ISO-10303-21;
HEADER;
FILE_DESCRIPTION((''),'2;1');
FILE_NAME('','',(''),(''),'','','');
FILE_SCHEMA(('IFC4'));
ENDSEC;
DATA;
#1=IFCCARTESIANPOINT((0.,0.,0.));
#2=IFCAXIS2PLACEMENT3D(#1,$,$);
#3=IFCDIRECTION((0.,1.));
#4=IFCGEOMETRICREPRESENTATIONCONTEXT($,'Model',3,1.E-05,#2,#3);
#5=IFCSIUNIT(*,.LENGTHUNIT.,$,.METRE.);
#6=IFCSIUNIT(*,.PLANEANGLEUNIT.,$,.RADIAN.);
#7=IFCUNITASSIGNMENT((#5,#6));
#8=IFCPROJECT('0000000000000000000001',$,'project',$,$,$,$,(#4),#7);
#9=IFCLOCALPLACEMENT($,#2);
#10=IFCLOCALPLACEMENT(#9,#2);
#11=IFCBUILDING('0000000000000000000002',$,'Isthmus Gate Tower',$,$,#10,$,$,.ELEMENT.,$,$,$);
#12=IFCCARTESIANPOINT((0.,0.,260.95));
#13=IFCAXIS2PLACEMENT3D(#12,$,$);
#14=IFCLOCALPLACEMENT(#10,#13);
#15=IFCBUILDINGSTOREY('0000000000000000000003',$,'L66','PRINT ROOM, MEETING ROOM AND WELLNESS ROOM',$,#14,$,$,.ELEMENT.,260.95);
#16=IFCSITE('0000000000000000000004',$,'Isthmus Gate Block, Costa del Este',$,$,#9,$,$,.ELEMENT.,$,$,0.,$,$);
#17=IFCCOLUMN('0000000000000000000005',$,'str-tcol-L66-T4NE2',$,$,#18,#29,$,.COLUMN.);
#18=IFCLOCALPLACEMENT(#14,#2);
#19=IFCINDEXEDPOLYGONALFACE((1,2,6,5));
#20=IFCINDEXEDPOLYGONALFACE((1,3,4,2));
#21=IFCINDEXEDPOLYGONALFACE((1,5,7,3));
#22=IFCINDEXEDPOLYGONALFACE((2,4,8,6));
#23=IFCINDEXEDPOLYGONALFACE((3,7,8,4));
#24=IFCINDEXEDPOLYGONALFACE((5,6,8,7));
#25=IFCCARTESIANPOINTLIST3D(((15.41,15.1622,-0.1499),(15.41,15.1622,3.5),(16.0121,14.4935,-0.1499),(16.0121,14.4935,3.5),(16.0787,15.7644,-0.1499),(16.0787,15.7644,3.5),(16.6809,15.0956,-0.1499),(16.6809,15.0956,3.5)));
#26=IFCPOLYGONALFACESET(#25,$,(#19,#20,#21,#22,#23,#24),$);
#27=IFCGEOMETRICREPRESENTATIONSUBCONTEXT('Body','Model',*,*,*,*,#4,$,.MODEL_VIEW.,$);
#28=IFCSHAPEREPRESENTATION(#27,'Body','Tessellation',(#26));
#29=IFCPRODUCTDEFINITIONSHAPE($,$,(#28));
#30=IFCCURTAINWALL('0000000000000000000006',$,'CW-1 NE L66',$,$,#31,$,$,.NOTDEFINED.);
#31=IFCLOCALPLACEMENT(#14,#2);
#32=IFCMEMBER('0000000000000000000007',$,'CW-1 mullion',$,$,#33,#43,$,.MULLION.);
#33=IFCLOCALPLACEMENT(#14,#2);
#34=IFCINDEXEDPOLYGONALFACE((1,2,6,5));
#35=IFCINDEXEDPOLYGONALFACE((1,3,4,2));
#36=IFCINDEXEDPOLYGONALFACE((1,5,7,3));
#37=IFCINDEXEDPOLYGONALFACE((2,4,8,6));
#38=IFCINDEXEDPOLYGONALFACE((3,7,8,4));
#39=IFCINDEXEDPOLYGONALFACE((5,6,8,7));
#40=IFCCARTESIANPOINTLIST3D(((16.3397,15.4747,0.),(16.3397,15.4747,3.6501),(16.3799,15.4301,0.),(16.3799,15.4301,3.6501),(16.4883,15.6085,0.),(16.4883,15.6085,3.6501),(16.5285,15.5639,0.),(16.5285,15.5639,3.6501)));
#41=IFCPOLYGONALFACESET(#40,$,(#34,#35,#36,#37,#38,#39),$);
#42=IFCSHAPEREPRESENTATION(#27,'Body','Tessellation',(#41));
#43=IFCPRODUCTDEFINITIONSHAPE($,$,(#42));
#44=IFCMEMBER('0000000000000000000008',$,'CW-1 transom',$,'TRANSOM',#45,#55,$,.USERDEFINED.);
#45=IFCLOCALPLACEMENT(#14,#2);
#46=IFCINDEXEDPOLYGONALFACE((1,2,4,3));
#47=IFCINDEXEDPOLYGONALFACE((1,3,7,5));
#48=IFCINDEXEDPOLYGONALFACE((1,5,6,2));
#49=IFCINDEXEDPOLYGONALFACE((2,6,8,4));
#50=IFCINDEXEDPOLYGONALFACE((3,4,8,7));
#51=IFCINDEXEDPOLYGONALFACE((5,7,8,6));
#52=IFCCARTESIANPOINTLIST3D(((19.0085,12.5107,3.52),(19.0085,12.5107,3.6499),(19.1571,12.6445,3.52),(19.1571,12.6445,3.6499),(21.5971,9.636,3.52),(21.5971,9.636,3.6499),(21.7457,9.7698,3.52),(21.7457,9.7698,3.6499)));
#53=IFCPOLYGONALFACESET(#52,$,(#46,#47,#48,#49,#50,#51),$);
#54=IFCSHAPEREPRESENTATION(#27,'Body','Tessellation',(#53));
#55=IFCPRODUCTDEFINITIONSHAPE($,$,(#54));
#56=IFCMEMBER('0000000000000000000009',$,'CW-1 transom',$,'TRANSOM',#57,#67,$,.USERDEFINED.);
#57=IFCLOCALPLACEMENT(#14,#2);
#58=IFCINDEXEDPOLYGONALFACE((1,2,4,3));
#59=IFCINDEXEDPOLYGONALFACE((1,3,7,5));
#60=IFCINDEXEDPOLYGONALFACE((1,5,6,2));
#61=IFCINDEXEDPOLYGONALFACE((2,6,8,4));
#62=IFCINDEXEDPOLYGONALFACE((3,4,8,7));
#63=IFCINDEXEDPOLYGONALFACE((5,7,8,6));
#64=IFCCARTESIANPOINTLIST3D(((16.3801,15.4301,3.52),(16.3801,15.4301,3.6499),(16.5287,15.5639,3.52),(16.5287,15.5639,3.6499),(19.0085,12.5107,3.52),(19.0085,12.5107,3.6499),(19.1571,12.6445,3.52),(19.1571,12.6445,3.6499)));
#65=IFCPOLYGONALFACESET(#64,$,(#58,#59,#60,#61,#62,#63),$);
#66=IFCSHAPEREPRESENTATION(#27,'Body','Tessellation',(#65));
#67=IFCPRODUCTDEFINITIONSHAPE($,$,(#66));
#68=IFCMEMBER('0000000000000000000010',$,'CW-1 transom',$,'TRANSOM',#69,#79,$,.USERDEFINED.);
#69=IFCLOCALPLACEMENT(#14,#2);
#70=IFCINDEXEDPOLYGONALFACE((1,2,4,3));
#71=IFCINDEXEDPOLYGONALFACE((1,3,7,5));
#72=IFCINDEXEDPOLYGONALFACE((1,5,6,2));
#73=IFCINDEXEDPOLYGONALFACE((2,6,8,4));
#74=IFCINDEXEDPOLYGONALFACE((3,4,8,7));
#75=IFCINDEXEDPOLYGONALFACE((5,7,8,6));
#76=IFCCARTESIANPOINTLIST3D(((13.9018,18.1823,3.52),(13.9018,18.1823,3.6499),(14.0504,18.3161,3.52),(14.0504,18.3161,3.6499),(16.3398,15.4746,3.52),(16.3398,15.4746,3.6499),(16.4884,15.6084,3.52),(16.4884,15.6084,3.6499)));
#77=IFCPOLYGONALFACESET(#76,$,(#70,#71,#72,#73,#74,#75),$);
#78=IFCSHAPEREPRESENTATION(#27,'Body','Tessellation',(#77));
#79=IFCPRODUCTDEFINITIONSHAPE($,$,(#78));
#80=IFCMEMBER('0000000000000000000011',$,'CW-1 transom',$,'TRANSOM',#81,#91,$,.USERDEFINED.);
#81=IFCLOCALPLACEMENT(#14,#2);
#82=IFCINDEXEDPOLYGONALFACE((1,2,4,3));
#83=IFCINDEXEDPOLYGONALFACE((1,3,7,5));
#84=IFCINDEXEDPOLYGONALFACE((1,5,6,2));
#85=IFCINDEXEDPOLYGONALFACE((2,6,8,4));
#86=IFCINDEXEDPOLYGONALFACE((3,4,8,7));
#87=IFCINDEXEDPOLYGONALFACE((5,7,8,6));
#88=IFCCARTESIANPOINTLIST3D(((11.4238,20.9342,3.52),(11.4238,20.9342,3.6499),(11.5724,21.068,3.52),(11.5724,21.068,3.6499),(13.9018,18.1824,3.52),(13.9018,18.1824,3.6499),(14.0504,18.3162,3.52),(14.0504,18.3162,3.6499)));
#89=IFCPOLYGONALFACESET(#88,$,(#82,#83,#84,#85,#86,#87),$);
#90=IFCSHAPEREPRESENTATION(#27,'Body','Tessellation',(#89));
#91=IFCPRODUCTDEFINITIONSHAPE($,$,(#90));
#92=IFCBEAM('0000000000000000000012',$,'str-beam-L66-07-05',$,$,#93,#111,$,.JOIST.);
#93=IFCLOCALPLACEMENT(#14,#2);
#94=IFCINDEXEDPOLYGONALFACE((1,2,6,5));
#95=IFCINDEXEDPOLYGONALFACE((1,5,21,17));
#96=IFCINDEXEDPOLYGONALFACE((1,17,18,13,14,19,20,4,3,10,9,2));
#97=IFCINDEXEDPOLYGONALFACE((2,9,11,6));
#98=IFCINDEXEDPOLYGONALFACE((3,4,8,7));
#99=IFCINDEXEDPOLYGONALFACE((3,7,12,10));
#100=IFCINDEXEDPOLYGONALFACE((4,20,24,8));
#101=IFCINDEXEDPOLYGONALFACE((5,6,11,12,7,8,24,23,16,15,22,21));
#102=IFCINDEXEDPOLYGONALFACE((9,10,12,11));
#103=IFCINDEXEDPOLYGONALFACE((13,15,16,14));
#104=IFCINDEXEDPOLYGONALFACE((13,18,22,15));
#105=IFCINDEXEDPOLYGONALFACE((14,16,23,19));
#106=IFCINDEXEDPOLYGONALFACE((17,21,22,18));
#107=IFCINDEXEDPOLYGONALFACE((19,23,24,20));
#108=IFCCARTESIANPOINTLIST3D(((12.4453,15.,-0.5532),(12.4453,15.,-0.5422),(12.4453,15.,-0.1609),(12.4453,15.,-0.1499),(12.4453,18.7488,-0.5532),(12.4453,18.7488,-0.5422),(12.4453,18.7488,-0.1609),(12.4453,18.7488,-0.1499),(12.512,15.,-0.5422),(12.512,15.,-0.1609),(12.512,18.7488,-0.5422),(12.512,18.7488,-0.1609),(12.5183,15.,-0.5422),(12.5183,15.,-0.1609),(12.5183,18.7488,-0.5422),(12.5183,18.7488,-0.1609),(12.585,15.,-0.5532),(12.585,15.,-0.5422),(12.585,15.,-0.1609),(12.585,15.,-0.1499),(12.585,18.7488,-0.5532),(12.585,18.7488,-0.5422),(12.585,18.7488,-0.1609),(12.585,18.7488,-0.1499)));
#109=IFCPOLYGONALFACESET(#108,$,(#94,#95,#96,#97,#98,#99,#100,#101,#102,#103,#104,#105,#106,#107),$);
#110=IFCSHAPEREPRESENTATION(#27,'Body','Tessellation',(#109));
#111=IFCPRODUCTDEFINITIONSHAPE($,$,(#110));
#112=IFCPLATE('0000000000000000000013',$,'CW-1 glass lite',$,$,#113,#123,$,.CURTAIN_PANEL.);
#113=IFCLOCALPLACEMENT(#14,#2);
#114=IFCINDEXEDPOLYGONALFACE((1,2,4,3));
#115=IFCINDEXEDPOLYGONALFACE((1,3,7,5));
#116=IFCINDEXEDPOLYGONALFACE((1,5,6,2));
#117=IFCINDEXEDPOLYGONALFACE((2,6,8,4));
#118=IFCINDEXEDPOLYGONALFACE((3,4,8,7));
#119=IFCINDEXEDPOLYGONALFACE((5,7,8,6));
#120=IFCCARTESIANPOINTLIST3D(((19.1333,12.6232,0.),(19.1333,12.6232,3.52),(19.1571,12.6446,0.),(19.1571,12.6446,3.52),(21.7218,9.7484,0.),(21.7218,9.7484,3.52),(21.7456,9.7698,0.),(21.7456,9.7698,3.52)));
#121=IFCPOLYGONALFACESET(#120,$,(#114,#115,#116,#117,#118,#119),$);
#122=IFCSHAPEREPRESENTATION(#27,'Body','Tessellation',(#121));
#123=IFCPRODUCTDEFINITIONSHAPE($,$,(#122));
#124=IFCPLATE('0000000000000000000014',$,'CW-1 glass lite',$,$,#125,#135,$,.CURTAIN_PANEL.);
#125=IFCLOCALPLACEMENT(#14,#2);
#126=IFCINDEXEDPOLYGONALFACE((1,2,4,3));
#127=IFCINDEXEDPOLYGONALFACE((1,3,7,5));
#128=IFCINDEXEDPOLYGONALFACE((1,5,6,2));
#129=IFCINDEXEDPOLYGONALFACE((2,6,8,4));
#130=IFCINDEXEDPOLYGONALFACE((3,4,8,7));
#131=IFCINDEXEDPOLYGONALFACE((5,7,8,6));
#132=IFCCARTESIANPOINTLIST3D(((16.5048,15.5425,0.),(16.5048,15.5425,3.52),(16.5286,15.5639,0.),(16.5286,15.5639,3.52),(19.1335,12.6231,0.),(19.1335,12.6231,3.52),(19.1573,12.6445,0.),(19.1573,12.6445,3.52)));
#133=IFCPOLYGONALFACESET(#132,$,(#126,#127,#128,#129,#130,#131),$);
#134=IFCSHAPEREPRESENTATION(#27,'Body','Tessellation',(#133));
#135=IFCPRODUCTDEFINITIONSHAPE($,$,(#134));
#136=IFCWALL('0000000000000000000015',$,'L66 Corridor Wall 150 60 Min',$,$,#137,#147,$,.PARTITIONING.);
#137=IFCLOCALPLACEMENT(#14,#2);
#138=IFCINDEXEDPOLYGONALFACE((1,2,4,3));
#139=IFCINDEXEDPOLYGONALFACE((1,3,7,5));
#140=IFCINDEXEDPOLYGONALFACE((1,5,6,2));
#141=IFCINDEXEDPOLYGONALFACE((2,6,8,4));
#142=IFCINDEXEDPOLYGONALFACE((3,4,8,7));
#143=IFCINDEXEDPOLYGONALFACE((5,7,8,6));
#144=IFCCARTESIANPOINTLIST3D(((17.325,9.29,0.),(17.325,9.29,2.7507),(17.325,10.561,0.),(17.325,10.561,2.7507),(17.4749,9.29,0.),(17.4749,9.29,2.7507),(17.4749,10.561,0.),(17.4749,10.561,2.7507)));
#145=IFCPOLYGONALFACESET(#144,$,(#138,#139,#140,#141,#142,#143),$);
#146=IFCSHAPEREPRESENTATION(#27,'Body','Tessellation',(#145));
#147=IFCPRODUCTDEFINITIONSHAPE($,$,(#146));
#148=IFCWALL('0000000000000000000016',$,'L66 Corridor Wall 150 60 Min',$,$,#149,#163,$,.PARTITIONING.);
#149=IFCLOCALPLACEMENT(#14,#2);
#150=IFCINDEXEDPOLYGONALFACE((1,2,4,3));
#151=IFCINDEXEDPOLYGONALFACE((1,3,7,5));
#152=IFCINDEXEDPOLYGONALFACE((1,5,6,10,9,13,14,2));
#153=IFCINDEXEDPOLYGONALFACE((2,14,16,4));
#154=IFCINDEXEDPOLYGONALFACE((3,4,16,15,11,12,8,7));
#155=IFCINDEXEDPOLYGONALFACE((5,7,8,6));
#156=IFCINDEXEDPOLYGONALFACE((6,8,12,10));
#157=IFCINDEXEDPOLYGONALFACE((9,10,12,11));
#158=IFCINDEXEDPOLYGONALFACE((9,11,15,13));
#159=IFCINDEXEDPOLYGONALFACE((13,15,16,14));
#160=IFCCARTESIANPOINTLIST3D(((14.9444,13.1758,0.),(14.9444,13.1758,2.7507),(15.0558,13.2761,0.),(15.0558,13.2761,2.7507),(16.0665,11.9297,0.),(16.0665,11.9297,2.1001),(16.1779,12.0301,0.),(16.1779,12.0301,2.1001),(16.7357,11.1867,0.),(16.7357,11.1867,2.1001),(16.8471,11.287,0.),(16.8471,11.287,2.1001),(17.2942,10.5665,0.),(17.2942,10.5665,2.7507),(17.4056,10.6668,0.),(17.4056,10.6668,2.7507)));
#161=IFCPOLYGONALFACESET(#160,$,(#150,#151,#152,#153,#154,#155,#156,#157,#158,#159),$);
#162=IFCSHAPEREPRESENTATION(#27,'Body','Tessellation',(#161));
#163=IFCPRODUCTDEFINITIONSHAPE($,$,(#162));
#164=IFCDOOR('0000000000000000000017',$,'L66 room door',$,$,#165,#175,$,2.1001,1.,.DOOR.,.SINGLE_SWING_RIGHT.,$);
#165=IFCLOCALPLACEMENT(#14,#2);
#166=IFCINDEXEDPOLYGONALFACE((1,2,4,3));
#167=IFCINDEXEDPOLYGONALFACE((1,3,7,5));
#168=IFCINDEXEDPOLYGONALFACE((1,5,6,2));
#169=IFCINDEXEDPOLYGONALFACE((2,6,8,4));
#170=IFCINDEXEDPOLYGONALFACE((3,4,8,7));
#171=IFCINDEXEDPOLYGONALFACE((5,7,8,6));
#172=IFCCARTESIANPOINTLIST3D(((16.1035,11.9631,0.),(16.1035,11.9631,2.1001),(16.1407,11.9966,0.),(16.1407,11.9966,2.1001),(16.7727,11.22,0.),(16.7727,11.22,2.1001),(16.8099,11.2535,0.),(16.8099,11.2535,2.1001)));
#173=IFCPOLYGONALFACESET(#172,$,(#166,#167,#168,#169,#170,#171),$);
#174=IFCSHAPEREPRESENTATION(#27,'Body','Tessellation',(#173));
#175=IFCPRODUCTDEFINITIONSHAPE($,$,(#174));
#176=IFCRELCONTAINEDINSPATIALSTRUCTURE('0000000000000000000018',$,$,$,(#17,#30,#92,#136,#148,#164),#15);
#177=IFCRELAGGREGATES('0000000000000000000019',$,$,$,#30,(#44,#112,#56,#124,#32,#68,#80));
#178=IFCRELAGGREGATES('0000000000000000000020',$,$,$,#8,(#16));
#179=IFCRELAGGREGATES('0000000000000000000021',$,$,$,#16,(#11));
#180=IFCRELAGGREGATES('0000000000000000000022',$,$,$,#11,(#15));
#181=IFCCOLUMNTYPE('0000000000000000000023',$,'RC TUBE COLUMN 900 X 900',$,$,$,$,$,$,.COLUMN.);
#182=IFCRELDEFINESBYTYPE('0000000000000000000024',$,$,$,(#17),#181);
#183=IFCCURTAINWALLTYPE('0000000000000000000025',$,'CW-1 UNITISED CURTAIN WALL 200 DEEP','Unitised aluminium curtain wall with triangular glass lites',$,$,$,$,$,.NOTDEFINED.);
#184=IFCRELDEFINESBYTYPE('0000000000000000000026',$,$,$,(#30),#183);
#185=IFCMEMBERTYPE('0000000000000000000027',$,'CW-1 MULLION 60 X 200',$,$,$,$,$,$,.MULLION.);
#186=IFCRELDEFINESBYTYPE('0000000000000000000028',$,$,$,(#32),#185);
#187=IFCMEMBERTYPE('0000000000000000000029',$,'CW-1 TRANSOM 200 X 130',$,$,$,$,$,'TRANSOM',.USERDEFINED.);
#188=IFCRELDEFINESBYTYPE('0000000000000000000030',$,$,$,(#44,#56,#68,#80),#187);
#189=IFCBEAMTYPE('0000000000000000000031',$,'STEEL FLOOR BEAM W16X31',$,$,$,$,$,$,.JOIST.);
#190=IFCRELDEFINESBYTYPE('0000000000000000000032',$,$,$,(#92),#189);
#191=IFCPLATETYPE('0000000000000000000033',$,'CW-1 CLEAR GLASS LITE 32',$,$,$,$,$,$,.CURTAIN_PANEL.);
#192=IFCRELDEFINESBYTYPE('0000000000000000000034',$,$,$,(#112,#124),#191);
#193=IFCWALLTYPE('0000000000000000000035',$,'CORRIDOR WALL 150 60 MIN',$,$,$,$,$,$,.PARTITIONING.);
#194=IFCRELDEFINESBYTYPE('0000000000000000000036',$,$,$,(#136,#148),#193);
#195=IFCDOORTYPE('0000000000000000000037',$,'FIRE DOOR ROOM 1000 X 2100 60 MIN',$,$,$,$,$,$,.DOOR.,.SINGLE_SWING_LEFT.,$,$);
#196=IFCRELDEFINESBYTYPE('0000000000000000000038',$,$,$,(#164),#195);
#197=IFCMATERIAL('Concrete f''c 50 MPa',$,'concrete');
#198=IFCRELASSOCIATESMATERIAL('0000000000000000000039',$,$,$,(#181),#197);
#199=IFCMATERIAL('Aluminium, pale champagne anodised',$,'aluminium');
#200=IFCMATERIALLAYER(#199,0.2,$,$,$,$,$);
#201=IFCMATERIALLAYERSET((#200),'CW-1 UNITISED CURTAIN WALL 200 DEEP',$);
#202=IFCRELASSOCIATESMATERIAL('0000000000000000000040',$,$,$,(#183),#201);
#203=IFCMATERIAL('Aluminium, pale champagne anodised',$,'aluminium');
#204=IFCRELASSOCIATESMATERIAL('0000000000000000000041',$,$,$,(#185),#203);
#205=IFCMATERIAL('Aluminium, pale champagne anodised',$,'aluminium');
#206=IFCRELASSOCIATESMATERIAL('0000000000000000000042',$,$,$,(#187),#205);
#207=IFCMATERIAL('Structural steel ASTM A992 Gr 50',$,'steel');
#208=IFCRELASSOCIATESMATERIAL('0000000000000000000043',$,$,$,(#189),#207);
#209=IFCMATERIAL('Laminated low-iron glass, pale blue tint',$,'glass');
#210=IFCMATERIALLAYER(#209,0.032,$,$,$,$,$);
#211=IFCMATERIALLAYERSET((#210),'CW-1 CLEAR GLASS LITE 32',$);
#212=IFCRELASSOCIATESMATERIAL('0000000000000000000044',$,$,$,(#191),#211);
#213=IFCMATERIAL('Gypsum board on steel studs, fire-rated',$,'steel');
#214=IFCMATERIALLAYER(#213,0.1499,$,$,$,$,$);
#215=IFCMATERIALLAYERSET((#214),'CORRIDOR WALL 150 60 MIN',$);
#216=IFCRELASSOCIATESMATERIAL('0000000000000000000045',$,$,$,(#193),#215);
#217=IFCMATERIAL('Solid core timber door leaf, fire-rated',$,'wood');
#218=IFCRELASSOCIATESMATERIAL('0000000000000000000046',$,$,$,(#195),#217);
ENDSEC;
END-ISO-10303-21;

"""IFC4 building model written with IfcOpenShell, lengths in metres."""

from ifc_helpers import new_model, si_unit, direction, frame, frame_2d, origin, origin_2d, place, context, subcontext, project, spatial, rectangle, i_section, extrude, material, layer, layer_set, material_profile, profile_set, type_object, element, fill, aggregate, save


model = new_model("IFC4")

# Units and contexts
model_context = context("Model", 3, precision=1e-05, world=origin(), true_north=direction((0.0, 1.0)))
body_context = subcontext(model_context, "Body", "Model", "MODEL_VIEW")
ifc_project = project(units=[si_unit("LENGTHUNIT", "METRE"), si_unit("PLANEANGLEUNIT", "RADIAN")], contexts=[model_context])

# Site, building, storey
site_placement = place(None, origin())
site = spatial("IfcSite", under=ifc_project, at=site_placement, Name="Isthmus Gate Block, Costa del Este", CompositionType="ELEMENT", RefElevation=0.0)
building_placement = place(site_placement, origin())
building = spatial("IfcBuilding", under=site, at=building_placement, Name="Isthmus Gate Tower", CompositionType="ELEMENT")
storey_placement = place(building_placement, frame((0.0, 0.0, 260.95)))
storey = spatial("IfcBuildingStorey", under=building, at=storey_placement, Name="L66", Description="PRINT ROOM, MEETING ROOM AND WELLNESS ROOM", CompositionType="ELEMENT", Elevation=260.95)

# Column
ifc_material_1 = material(Name="Concrete f'c 50 MPa", Category="concrete")
ifc_material_profile_1 = material_profile(ifc_material_1, rectangle(XDim=0.8999, YDim=0.8999, at=origin_2d()), Name="RC 900X900")
ifc_profile_set_1 = profile_set([ifc_material_profile_1], Name="Concrete f'c 50 MPa")
column_type = type_object("IfcColumnType", Name="RC TUBE COLUMN 900 X 900", PredefinedType="COLUMN", material=ifc_profile_set_1)
column_placement = place(storey_placement, frame((16.0454, 15.1289, -0.1499), z_axis=(0.0, 0.0, 1.0), x_axis=(-0.669131, 0.743145, 0.0)))
element("IfcColumn", 1, at=column_placement, inside=storey, type_object=column_type, Name="str-tcol-L66-T4NE2", PredefinedType="COLUMN", context=body_context, shape_type="SweptSolid", body=[
    extrude(rectangle(XDim=0.8999, YDim=0.8999, at=origin_2d()), origin(), (0.0, 0.0, 1.0), 3.6499),
])

# Curtain wall, members
ifc_material_2 = material(Name="Aluminium, pale champagne anodised", Category="aluminium")
ifc_layer_1 = layer(ifc_material_2, 0.2)
ifc_layer_set_1 = layer_set([ifc_layer_1], Name="CW-1 UNITISED CURTAIN WALL 200 DEEP")
curtain_wall_type = type_object("IfcCurtainWallType", Name="CW-1 UNITISED CURTAIN WALL 200 DEEP", Description="Unitised aluminium curtain wall with triangular glass lites", PredefinedType="NOTDEFINED", material=ifc_layer_set_1)
curtain_wall_placement = place(storey_placement, origin())
curtain_wall = element("IfcCurtainWall", 2, at=curtain_wall_placement, inside=storey, type_object=curtain_wall_type, Name="CW-1 NE L66", PredefinedType="NOTDEFINED")
ifc_material_3 = material(Name="Aluminium, pale champagne anodised", Category="aluminium")
ifc_material_profile_2 = material_profile(ifc_material_3, rectangle(XDim=0.0601, YDim=0.2, at=origin_2d()), Name="60x200")
ifc_profile_set_2 = profile_set([ifc_material_profile_2], Name="Aluminium, pale champagne anodised")
member_type_1 = type_object("IfcMemberType", Name="CW-1 MULLION 60 X 200", PredefinedType="MULLION", material=ifc_profile_set_2)
member_1_placement = place(storey_placement, frame((16.4341, 15.5193, 0.0), z_axis=(0.0, 0.0, 1.0), x_axis=(-0.669131, 0.743145, 0.0)))
member_1 = element("IfcMember", 3, at=member_1_placement, type_object=member_type_1, Name="CW-1 mullion", PredefinedType="MULLION", context=body_context, shape_type="SweptSolid", body=[
    extrude(rectangle(XDim=0.0601, YDim=0.2, at=origin_2d()), origin(), (0.0, 0.0, 1.0), 3.6501),
])
ifc_material_4 = material(Name="Aluminium, pale champagne anodised", Category="aluminium")
ifc_material_profile_3 = material_profile(ifc_material_4, rectangle(XDim=0.2, YDim=0.1299, at=origin_2d()), Name="200x130")
ifc_profile_set_3 = profile_set([ifc_material_profile_3], Name="Aluminium, pale champagne anodised")
member_type_2 = type_object("IfcMemberType", Name="CW-1 TRANSOM 200 X 130", ElementType="TRANSOM", PredefinedType="USERDEFINED", material=ifc_profile_set_3)
member_2_placement = place(storey_placement, frame((21.6714, 9.7029, 3.585), z_axis=(-0.669156, 0.743122, 0.0), x_axis=(-0.743122, -0.669156, 0.0)))
member_2 = element("IfcMember", 4, at=member_2_placement, type_object=member_type_2, Name="CW-1 transom", ObjectType="TRANSOM", PredefinedType="USERDEFINED", context=body_context, shape_type="SweptSolid", body=[
    extrude(rectangle(XDim=0.2, YDim=0.1299, at=origin_2d()), origin(), (0.0, 0.0, 1.0), 3.8684),
])
member_3_placement = place(storey_placement, frame((19.0828, 12.5776, 3.585), z_axis=(-0.669095, 0.743177, 0.0), x_axis=(-0.743177, -0.669095, 0.0)))
member_3 = element("IfcMember", 5, at=member_3_placement, type_object=member_type_2, Name="CW-1 transom", ObjectType="TRANSOM", PredefinedType="USERDEFINED", context=body_context, shape_type="SweptSolid", body=[
    extrude(rectangle(XDim=0.2, YDim=0.1299, at=origin_2d()), origin(), (0.0, 0.0, 1.0), 3.9282),
])
member_4_placement = place(storey_placement, frame((16.4141, 15.5415, 3.585), z_axis=(-0.669116, 0.743158, 0.0), x_axis=(-0.743158, -0.669116, 0.0)))
member_4 = element("IfcMember", 6, at=member_4_placement, type_object=member_type_2, Name="CW-1 transom", ObjectType="TRANSOM", PredefinedType="USERDEFINED", context=body_context, shape_type="SweptSolid", body=[
    extrude(rectangle(XDim=0.2, YDim=0.1299, at=origin_2d()), origin(), (0.0, 0.0, 1.0), 3.6436),
])
member_5_placement = place(storey_placement, frame((13.9761, 18.2493, 3.585), z_axis=(-0.669154, 0.743124, 0.0), x_axis=(-0.743124, -0.669154, 0.0)))
member_5 = element("IfcMember", 7, at=member_5_placement, type_object=member_type_2, Name="CW-1 transom", ObjectType="TRANSOM", PredefinedType="USERDEFINED", context=body_context, shape_type="SweptSolid", body=[
    extrude(rectangle(XDim=0.2, YDim=0.1299, at=origin_2d()), origin(), (0.0, 0.0, 1.0), 3.7031),
])

# Beam
ifc_material_5 = material(Name="Structural steel ASTM A992 Gr 50", Category="steel")
ifc_material_profile_4 = material_profile(ifc_material_5, i_section(OverallWidth=0.1396, OverallDepth=0.4033, WebThickness=0.0063, FlangeThickness=0.011, at=origin_2d()), Name="W16X31")
ifc_profile_set_4 = profile_set([ifc_material_profile_4], Name="Structural steel ASTM A992 Gr 50")
beam_type = type_object("IfcBeamType", Name="STEEL FLOOR BEAM W16X31", PredefinedType="JOIST", material=ifc_profile_set_4)
beam_placement = place(storey_placement, frame((12.5151, 15.0, -0.3516), z_axis=(0.0, 1.0, 0.0), x_axis=(-1.0, 0.0, 0.0)))
element("IfcBeam", 8, at=beam_placement, inside=storey, type_object=beam_type, Name="str-beam-L66-07-05", PredefinedType="JOIST", context=body_context, shape_type="SweptSolid", body=[
    extrude(i_section(OverallWidth=0.1396, OverallDepth=0.4033, WebThickness=0.0063, FlangeThickness=0.011, at=origin_2d()), origin(), (0.0, 0.0, 1.0), 3.7488),
])

# Plates
ifc_material_6 = material(Name="Laminated low-iron glass, pale blue tint", Category="glass")
ifc_layer_2 = layer(ifc_material_6, 0.032)
ifc_layer_set_2 = layer_set([ifc_layer_2], Name="CW-1 CLEAR GLASS LITE 32")
plate_type = type_object("IfcPlateType", Name="CW-1 CLEAR GLASS LITE 32", PredefinedType="CURTAIN_PANEL", material=ifc_layer_set_2)
plate_1_placement = place(storey_placement, frame((20.4395, 11.1965, 0.0), z_axis=(0.0, 0.0, 1.0), x_axis=(-0.669131, 0.743145, 0.0)))
plate_1 = element("IfcPlate", 9, at=plate_1_placement, type_object=plate_type, Name="CW-1 glass lite", PredefinedType="CURTAIN_PANEL", context=body_context, shape_type="SweptSolid", body=[
    extrude(rectangle(XDim=3.8684, YDim=0.032, at=origin_2d()), origin(), (0.0, 0.0, 1.0), 3.52),
])
plate_2_placement = place(storey_placement, frame((17.8311, 14.0935, 0.0), z_axis=(0.0, 0.0, 1.0), x_axis=(-0.669131, 0.743145, 0.0)))
plate_2 = element("IfcPlate", 10, at=plate_2_placement, type_object=plate_type, Name="CW-1 glass lite", PredefinedType="CURTAIN_PANEL", context=body_context, shape_type="SweptSolid", body=[
    extrude(rectangle(XDim=3.9285, YDim=0.032, at=origin_2d()), origin(), (0.0, 0.0, 1.0), 3.52),
])

# Wall
ifc_material_7 = material(Name="Gypsum board on steel studs, fire-rated", Category="steel")
ifc_layer_3 = layer(ifc_material_7, 0.1499)
ifc_layer_set_3 = layer_set([ifc_layer_3], Name="CORRIDOR WALL 150 60 MIN")
wall_type = type_object("IfcWallType", Name="CORRIDOR WALL 150 60 MIN", PredefinedType="PARTITIONING", material=ifc_layer_set_3)
wall_1_placement = place(storey_placement, frame((17.3999, 10.561, 0.0), z_axis=(0.0, 0.0, 1.0), x_axis=(0.0, -1.0, 0.0)))
element("IfcWall", 11, at=wall_1_placement, inside=storey, type_object=wall_type, Name="L66 Corridor Wall 150 60 Min", PredefinedType="PARTITIONING", context=body_context, shape_type="SweptSolid", body=[
    extrude(rectangle(XDim=1.271, YDim=0.1499, at=frame_2d((0.6355, 0.0))), origin(), (0.0, 0.0, 1.0), 2.7507),
])

# Wall, opening, door
wall_2_placement = place(storey_placement, frame((15.0, 13.2261, 0.0), z_axis=(0.0, 0.0, 1.0), x_axis=(0.669187, -0.743094, 0.0)))
wall_2 = element("IfcWall", 12, at=wall_2_placement, inside=storey, type_object=wall_type, Name="L66 Corridor Wall 150 60 Min", PredefinedType="PARTITIONING", context=body_context, shape_type="SweptSolid", body=[
    extrude(rectangle(XDim=3.5115, YDim=0.1499, at=frame_2d((1.7559, 0.0))), origin(), (0.0, 0.0, 1.0), 2.7507),
])
opening_placement = place(wall_2_placement, frame((1.677, 0.0, 0.0)))
opening = element("IfcOpeningElement", 13, at=opening_placement, cuts=wall_2, PredefinedType="OPENING", context=body_context, shape_type="SweptSolid", body=[
    extrude(rectangle(XDim=1.0, YDim=2.1001, at=frame_2d((0.5, 1.05))), frame((0.0, 0.085, 0.0), z_axis=(0.0, -1.0, 0.0), x_axis=(1.0, 0.0, 0.0)), (0.0, 0.0, 1.0), 0.1699),
])
ifc_material_8 = material(Name="Solid core timber door leaf, fire-rated", Category="wood")
door_type = type_object("IfcDoorType", Name="FIRE DOOR ROOM 1000 X 2100 60 MIN", OperationType="SINGLE_SWING_LEFT", PredefinedType="DOOR", material=ifc_material_8)
door_placement = place(opening_placement, origin())
door = element("IfcDoor", 14, at=door_placement, inside=storey, type_object=door_type, Name="L66 room door", OperationType="SINGLE_SWING_RIGHT", OverallHeight=2.1001, OverallWidth=1.0, PredefinedType="DOOR", context=body_context, shape_type="SweptSolid", body=[
    extrude(rectangle(XDim=1.0, YDim=2.1001, at=frame_2d((0.5, 1.05))), frame((0.0, 0.0249, 0.0), z_axis=(0.0, -1.0, 0.0), x_axis=(1.0, 0.0, 0.0)), (0.0, 0.0, 1.0), 0.05),
])
fill(opening, door)

aggregate(curtain_wall, [member_2, plate_1, member_3, plate_2, member_1, member_4, member_5])

save(model, "model.ifc")
